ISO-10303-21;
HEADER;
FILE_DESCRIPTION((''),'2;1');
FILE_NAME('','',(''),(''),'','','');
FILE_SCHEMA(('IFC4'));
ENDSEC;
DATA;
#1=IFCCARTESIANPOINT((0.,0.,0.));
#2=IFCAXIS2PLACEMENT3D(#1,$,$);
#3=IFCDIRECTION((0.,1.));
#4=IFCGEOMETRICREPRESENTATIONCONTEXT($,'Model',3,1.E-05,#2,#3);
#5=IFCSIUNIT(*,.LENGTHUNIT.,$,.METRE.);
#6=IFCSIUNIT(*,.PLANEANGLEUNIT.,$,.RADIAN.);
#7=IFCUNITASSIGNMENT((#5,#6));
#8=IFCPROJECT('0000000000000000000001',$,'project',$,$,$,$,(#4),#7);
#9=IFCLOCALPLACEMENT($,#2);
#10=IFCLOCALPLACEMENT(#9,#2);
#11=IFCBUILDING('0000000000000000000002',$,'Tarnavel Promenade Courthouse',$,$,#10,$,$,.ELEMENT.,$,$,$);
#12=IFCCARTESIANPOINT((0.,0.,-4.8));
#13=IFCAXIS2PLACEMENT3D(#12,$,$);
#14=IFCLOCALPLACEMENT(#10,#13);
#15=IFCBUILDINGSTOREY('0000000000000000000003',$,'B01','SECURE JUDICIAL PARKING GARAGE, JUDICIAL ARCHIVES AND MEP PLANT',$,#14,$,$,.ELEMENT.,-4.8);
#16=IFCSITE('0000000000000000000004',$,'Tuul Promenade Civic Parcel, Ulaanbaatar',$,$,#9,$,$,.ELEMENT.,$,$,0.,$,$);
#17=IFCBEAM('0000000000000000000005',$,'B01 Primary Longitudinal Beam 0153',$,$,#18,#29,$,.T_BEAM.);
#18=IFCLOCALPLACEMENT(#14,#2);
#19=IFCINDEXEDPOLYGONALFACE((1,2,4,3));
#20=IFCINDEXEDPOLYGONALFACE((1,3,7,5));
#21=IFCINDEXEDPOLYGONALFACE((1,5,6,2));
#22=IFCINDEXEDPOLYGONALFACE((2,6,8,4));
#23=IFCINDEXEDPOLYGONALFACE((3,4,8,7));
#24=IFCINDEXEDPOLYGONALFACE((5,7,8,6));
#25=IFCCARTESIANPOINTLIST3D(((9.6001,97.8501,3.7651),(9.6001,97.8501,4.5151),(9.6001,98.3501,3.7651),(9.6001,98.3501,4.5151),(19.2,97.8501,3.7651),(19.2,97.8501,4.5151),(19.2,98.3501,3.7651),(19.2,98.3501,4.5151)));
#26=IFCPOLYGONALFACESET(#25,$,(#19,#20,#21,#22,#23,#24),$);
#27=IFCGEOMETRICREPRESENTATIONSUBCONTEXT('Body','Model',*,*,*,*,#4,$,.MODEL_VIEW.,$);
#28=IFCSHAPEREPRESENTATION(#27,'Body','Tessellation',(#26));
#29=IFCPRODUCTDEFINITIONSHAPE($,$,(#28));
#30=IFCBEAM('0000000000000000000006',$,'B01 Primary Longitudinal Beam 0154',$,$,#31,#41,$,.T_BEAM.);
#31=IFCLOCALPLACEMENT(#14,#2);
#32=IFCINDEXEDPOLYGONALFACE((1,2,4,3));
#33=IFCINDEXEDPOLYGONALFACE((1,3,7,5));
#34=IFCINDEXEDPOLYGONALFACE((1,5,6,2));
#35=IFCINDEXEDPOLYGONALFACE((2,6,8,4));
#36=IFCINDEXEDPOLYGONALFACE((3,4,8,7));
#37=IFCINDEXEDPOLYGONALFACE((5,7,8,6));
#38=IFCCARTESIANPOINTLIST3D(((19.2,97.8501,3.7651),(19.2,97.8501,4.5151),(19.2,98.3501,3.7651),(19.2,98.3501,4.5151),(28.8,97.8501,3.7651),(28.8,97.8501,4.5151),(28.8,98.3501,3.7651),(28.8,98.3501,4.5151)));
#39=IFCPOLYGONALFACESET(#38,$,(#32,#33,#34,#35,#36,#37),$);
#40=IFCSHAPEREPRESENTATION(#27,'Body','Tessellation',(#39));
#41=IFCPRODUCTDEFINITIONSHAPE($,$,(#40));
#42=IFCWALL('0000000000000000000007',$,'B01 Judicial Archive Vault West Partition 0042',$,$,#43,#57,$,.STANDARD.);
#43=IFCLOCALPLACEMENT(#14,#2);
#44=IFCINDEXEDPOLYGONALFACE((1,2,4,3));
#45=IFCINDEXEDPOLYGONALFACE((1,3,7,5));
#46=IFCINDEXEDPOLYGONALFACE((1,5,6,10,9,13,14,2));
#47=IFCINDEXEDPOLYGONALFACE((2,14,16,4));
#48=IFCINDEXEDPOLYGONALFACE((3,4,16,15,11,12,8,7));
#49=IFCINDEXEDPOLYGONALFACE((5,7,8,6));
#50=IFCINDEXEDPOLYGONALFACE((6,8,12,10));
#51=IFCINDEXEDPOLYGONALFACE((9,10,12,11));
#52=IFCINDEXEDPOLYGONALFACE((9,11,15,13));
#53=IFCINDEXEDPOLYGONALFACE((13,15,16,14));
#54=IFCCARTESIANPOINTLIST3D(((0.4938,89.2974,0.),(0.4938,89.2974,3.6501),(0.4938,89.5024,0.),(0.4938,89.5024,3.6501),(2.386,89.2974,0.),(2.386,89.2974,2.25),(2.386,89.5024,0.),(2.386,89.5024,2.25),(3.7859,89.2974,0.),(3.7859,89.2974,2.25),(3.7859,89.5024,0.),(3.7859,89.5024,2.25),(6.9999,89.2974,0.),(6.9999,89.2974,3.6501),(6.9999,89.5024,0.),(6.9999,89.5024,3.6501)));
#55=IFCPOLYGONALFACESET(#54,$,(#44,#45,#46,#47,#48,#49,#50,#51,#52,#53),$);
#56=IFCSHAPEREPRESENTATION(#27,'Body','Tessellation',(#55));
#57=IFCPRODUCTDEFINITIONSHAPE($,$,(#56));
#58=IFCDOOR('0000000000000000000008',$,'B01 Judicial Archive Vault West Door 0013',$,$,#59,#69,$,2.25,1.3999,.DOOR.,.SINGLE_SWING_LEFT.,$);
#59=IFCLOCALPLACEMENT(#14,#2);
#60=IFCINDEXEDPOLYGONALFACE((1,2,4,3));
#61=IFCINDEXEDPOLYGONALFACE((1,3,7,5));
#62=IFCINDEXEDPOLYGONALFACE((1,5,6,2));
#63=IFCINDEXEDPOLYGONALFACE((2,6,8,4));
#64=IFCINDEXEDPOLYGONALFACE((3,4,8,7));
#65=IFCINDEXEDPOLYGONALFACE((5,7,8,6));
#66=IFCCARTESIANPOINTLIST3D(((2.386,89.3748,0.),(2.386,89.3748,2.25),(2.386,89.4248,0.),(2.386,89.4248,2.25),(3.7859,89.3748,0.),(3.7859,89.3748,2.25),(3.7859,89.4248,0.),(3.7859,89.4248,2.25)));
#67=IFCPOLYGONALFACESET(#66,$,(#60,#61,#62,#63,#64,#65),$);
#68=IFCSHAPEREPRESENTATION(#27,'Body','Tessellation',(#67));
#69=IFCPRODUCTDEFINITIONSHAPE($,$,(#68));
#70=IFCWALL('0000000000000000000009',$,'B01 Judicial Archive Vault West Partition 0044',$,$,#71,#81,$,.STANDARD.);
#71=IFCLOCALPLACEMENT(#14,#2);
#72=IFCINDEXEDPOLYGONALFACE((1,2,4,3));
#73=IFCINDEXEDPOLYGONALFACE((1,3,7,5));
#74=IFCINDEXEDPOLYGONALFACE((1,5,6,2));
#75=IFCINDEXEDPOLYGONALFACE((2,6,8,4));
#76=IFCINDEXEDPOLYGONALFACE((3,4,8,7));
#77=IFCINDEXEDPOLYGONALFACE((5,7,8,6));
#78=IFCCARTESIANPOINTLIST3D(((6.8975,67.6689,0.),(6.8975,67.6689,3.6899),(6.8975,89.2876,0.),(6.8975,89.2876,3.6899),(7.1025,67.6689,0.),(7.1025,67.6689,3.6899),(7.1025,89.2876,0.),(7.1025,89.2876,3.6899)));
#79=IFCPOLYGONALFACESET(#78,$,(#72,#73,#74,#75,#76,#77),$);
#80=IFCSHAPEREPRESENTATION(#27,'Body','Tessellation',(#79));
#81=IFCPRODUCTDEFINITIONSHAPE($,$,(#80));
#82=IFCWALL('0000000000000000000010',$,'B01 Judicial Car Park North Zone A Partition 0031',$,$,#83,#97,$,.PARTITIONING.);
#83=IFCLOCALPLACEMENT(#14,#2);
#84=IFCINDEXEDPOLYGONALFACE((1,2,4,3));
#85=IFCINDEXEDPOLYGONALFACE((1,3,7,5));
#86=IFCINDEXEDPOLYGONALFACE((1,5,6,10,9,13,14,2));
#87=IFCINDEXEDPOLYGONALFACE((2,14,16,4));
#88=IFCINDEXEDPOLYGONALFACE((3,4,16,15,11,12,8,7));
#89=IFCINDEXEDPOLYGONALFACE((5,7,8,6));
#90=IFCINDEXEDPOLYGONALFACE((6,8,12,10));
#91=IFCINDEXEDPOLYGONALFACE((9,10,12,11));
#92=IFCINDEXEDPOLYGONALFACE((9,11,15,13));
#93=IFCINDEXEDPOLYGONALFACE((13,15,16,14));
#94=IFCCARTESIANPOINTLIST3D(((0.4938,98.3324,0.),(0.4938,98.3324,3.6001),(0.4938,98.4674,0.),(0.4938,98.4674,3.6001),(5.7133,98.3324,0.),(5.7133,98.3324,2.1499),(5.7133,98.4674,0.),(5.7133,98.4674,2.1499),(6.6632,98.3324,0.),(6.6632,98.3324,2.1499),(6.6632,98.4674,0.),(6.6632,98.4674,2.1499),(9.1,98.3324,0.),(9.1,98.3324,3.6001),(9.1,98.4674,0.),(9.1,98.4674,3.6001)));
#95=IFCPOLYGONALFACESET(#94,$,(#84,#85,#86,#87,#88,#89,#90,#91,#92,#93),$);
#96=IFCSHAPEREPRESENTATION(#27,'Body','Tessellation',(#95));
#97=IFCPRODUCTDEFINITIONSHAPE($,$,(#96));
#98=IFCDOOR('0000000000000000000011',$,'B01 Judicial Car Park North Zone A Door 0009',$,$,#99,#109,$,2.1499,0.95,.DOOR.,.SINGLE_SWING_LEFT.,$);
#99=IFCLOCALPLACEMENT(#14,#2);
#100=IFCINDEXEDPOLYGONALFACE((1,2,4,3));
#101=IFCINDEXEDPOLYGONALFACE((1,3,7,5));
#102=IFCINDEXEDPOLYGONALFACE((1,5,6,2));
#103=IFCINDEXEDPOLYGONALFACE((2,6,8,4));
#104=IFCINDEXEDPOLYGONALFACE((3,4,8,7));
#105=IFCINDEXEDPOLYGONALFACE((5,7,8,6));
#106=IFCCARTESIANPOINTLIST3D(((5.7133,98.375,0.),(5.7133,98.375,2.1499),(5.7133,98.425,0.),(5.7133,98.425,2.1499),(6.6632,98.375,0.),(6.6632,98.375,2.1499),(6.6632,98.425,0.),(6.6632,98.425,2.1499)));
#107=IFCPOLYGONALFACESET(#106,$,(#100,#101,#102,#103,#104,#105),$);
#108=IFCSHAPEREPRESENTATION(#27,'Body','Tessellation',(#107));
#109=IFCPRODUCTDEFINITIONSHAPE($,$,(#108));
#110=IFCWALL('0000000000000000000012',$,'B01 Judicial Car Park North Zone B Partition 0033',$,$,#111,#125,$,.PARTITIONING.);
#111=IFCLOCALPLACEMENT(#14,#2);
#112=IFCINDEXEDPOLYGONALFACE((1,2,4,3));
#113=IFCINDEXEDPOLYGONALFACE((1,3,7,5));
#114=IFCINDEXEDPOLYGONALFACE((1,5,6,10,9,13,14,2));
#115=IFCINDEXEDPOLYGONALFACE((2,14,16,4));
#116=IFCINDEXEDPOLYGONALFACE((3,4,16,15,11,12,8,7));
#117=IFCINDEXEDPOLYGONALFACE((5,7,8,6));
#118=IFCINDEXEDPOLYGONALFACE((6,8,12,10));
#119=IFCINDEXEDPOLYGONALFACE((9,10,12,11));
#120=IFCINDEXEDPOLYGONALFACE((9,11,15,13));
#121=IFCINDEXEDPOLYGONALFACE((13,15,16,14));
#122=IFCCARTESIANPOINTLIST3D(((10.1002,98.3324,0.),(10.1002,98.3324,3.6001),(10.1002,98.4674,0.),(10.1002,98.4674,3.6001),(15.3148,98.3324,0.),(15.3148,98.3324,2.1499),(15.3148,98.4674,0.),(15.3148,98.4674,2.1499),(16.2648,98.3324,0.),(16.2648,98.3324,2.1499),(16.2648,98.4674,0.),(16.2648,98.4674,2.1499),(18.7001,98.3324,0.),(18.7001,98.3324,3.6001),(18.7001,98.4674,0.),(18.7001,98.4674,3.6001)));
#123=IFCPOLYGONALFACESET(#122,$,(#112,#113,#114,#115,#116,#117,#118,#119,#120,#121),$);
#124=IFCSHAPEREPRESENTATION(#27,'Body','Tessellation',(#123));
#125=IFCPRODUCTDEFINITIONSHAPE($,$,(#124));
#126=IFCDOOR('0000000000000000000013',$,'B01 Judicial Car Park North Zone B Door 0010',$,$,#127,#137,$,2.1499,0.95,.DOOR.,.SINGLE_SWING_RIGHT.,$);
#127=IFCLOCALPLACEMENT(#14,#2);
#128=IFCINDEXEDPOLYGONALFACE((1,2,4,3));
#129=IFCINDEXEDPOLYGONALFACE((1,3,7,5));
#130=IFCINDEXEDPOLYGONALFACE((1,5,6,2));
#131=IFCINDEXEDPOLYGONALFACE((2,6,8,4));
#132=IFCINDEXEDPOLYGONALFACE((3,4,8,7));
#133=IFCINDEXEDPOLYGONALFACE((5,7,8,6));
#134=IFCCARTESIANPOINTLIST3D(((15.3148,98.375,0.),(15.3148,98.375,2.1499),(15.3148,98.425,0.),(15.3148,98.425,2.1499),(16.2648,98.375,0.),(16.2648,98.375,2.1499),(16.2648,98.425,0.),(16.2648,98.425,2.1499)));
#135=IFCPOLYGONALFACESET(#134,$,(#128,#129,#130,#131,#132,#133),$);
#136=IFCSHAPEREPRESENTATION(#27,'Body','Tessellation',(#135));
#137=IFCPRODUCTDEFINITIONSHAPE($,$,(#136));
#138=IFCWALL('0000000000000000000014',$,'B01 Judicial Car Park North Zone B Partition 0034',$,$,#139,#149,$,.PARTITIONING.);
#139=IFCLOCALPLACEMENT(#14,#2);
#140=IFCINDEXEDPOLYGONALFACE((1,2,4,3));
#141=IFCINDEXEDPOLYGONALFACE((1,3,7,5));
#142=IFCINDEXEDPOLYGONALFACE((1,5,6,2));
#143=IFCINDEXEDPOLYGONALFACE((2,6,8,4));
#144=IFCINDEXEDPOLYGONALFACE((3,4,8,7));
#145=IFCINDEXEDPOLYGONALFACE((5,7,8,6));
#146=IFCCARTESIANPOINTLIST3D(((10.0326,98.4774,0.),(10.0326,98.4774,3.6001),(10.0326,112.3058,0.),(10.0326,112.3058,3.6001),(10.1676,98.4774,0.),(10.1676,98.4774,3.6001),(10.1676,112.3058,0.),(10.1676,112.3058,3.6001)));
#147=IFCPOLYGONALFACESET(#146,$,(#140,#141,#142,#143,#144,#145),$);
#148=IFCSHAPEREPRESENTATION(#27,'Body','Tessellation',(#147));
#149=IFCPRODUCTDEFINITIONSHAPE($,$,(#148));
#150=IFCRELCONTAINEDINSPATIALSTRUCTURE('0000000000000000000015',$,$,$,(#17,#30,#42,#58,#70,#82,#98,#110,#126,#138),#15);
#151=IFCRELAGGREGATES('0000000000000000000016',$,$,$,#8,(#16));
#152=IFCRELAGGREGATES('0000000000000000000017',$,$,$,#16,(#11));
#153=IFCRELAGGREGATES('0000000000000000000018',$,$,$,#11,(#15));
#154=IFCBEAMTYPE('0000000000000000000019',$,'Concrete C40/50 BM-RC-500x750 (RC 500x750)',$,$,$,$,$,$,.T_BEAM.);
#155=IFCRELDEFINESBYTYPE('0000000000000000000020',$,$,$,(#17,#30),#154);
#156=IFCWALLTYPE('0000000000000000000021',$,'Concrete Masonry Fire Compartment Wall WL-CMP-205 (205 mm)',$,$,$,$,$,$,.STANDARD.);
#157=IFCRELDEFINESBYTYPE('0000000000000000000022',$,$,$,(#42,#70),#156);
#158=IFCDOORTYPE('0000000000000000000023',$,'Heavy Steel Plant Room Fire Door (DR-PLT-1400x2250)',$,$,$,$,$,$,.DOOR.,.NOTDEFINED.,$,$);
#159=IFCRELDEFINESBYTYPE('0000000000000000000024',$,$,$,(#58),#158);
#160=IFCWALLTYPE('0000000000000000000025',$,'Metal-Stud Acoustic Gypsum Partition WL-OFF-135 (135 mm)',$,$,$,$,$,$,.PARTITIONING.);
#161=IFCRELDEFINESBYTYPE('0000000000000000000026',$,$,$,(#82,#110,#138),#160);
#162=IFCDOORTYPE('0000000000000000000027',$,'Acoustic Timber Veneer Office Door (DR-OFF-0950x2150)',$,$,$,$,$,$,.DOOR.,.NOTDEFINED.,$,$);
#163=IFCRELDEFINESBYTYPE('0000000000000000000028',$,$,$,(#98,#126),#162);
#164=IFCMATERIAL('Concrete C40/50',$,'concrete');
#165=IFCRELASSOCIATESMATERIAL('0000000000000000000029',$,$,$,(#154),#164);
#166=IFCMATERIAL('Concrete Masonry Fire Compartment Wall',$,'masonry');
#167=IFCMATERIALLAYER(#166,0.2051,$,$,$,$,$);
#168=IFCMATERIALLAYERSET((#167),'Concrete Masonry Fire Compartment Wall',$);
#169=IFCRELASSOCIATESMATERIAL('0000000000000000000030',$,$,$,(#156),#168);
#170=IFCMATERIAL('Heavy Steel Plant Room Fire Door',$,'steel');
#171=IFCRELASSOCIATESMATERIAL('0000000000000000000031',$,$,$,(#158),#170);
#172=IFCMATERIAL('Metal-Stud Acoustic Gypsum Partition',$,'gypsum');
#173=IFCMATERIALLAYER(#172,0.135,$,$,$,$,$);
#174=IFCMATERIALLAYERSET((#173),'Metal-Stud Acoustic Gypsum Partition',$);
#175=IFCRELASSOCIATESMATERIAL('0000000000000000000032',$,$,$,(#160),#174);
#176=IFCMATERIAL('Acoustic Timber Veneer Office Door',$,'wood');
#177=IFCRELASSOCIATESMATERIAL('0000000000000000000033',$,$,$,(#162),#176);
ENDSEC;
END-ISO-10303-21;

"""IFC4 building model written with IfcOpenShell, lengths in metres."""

from ifc_helpers import new_model, si_unit, direction, frame, frame_2d, origin, origin_2d, place, context, subcontext, project, spatial, rectangle, extrude, material, layer, layer_set, material_profile, profile_set, type_object, element, fill, save


model = new_model("IFC4")

# Units and contexts
model_context = context("Model", 3, precision=1e-05, world=origin(), true_north=direction((0.0, 1.0)))
body_context = subcontext(model_context, "Body", "Model", "MODEL_VIEW")
ifc_project = project(units=[si_unit("LENGTHUNIT", "METRE"), si_unit("PLANEANGLEUNIT", "RADIAN")], contexts=[model_context])

# Site, building, storey
site_placement = place(None, origin())
site = spatial("IfcSite", under=ifc_project, at=site_placement, Name="Tuul Promenade Civic Parcel, Ulaanbaatar", CompositionType="ELEMENT", RefElevation=0.0)
building_placement = place(site_placement, origin())
building = spatial("IfcBuilding", under=site, at=building_placement, Name="Tarnavel Promenade Courthouse", CompositionType="ELEMENT")
storey_placement = place(building_placement, frame((0.0, 0.0, -4.8)))
storey = spatial("IfcBuildingStorey", under=building, at=storey_placement, Name="B01", Description="SECURE JUDICIAL PARKING GARAGE, JUDICIAL ARCHIVES AND MEP PLANT", CompositionType="ELEMENT", Elevation=-4.8)

# Shared definitions
ifc_material_1 = material(Name="Concrete C40/50", Category="concrete")

# Beams
ifc_material_profile_1 = material_profile(ifc_material_1, rectangle(XDim=0.5, YDim=0.75, at=origin_2d()), Name="RC 500x750")
ifc_profile_set_1 = profile_set([ifc_material_profile_1], Name="Concrete C40/50")
beam_type_1 = type_object("IfcBeamType", Name="Concrete C40/50 BM-RC-500x750 (RC 500x750)", PredefinedType="T_BEAM", material=ifc_profile_set_1)
beam_1_placement = place(storey_placement, frame((9.6001, 98.1001, 4.1401), z_axis=(1.0, 0.0, 0.0), x_axis=(0.0, 1.0, 0.0)))
element("IfcBeam", 1, at=beam_1_placement, inside=storey, type_object=beam_type_1, Name="B01 Primary Longitudinal Beam 0153", PredefinedType="T_BEAM", context=body_context, shape_type="SweptSolid", body=[
    extrude(rectangle(XDim=0.5, YDim=0.75, at=origin_2d()), origin(), (0.0, 0.0, 1.0), 9.5999),
])
beam_2_placement = place(storey_placement, frame((19.2, 98.1001, 4.1401), z_axis=(1.0, 0.0, 0.0), x_axis=(0.0, 1.0, 0.0)))
element("IfcBeam", 2, at=beam_2_placement, inside=storey, type_object=beam_type_1, Name="B01 Primary Longitudinal Beam 0154", PredefinedType="T_BEAM", context=body_context, shape_type="SweptSolid", body=[
    extrude(rectangle(XDim=0.5, YDim=0.75, at=origin_2d()), origin(), (0.0, 0.0, 1.0), 9.6001),
])

# Wall, opening, door
ifc_material_2 = material(Name="Concrete Masonry Fire Compartment Wall", Category="masonry")
ifc_layer_1 = layer(ifc_material_2, 0.2051)
ifc_layer_set_1 = layer_set([ifc_layer_1], Name="Concrete Masonry Fire Compartment Wall")
wall_type_1 = type_object("IfcWallType", Name="Concrete Masonry Fire Compartment Wall WL-CMP-205 (205 mm)", PredefinedType="STANDARD", material=ifc_layer_set_1)
wall_1_placement = place(storey_placement, frame((0.4939, 89.3999, 0.0), z_axis=(0.0, 0.0, 1.0), x_axis=(1.0, 0.0, 0.0)))
wall_1 = element("IfcWall", 3, at=wall_1_placement, inside=storey, type_object=wall_type_1, Name="B01 Judicial Archive Vault West Partition 0042", PredefinedType="STANDARD", context=body_context, shape_type="SweptSolid", body=[
    extrude(rectangle(XDim=6.5061, YDim=0.2051, at=frame_2d((3.2529, 0.0))), origin(), (0.0, 0.0, 1.0), 3.6501),
])
opening_1_placement = place(wall_1_placement, frame((1.8921, 0.0, 0.0)))
opening_1 = element("IfcOpeningElement", 4, at=opening_1_placement, cuts=wall_1, PredefinedType="OPENING", context=body_context, shape_type="SweptSolid", body=[
    extrude(rectangle(XDim=1.3999, YDim=2.25, at=frame_2d((0.7, 1.125))), frame((0.0, 0.1125, 0.0), z_axis=(0.0, -1.0, 0.0), x_axis=(1.0, 0.0, 0.0)), (0.0, 0.0, 1.0), 0.2251),
])
ifc_material_3 = material(Name="Heavy Steel Plant Room Fire Door", Category="steel")
door_type_1 = type_object("IfcDoorType", Name="Heavy Steel Plant Room Fire Door (DR-PLT-1400x2250)", OperationType="NOTDEFINED", PredefinedType="DOOR", material=ifc_material_3)
door_1_placement = place(opening_1_placement, origin())
door_1 = element("IfcDoor", 5, at=door_1_placement, inside=storey, type_object=door_type_1, Name="B01 Judicial Archive Vault West Door 0013", OperationType="SINGLE_SWING_LEFT", OverallHeight=2.25, OverallWidth=1.3999, PredefinedType="DOOR", context=body_context, shape_type="SweptSolid", body=[
    extrude(rectangle(XDim=1.3999, YDim=2.25, at=frame_2d((0.7, 1.125))), frame((0.0, 0.0249, 0.0), z_axis=(0.0, -1.0, 0.0), x_axis=(1.0, 0.0, 0.0)), (0.0, 0.0, 1.0), 0.05),
])
fill(opening_1, door_1)

# Wall
wall_2_placement = place(storey_placement, frame((7.0, 89.2876, 0.0), z_axis=(0.0, 0.0, 1.0), x_axis=(0.0, -1.0, 0.0)))
element("IfcWall", 6, at=wall_2_placement, inside=storey, type_object=wall_type_1, Name="B01 Judicial Archive Vault West Partition 0044", PredefinedType="STANDARD", context=body_context, shape_type="SweptSolid", body=[
    extrude(rectangle(XDim=21.6187, YDim=0.2051, at=frame_2d((10.8093, 0.0))), origin(), (0.0, 0.0, 1.0), 3.6899),
])

# Walls, openings, doors
ifc_material_4 = material(Name="Metal-Stud Acoustic Gypsum Partition", Category="gypsum")
ifc_layer_2 = layer(ifc_material_4, 0.135)
ifc_layer_set_2 = layer_set([ifc_layer_2], Name="Metal-Stud Acoustic Gypsum Partition")
wall_type_2 = type_object("IfcWallType", Name="Metal-Stud Acoustic Gypsum Partition WL-OFF-135 (135 mm)", PredefinedType="PARTITIONING", material=ifc_layer_set_2)
wall_3_placement = place(storey_placement, frame((9.1001, 98.3999, 0.0), z_axis=(0.0, 0.0, 1.0), x_axis=(-1.0, 0.0, 0.0)))
wall_3 = element("IfcWall", 7, at=wall_3_placement, inside=storey, type_object=wall_type_2, Name="B01 Judicial Car Park North Zone A Partition 0031", PredefinedType="PARTITIONING", context=body_context, shape_type="SweptSolid", body=[
    extrude(rectangle(XDim=8.6062, YDim=0.135, at=frame_2d((4.3032, 0.0))), origin(), (0.0, 0.0, 1.0), 3.6001),
])
opening_2_placement = place(wall_3_placement, frame((2.4368, 0.0, 0.0)))
opening_2 = element("IfcOpeningElement", 8, at=opening_2_placement, cuts=wall_3, PredefinedType="OPENING", context=body_context, shape_type="SweptSolid", body=[
    extrude(rectangle(XDim=0.95, YDim=2.1499, at=frame_2d((0.4751, 1.075))), frame((0.0, 0.0774, 0.0), z_axis=(0.0, -1.0, 0.0), x_axis=(1.0, 0.0, 0.0)), (0.0, 0.0, 1.0), 0.155),
])
ifc_material_5 = material(Name="Acoustic Timber Veneer Office Door", Category="wood")
door_type_2 = type_object("IfcDoorType", Name="Acoustic Timber Veneer Office Door (DR-OFF-0950x2150)", OperationType="NOTDEFINED", PredefinedType="DOOR", material=ifc_material_5)
door_2_placement = place(opening_2_placement, origin())
door_2 = element("IfcDoor", 9, at=door_2_placement, inside=storey, type_object=door_type_2, Name="B01 Judicial Car Park North Zone A Door 0009", OperationType="SINGLE_SWING_LEFT", OverallHeight=2.1499, OverallWidth=0.95, PredefinedType="DOOR", context=body_context, shape_type="SweptSolid", body=[
    extrude(rectangle(XDim=0.95, YDim=2.1499, at=frame_2d((0.4751, 1.075))), frame((0.0, 0.0249, 0.0), z_axis=(0.0, -1.0, 0.0), x_axis=(1.0, 0.0, 0.0)), (0.0, 0.0, 1.0), 0.05),
])
fill(opening_2, door_2)
wall_4_placement = place(storey_placement, frame((18.7, 98.3999, 0.0), z_axis=(0.0, 0.0, 1.0), x_axis=(-1.0, 0.0, 0.0)))
wall_4 = element("IfcWall", 10, at=wall_4_placement, inside=storey, type_object=wall_type_2, Name="B01 Judicial Car Park North Zone B Partition 0033", PredefinedType="PARTITIONING", context=body_context, shape_type="SweptSolid", body=[
    extrude(rectangle(XDim=8.5999, YDim=0.135, at=frame_2d((4.2998, 0.0))), origin(), (0.0, 0.0, 1.0), 3.6001),
])
opening_3_placement = place(wall_4_placement, frame((2.4351, 0.0, 0.0)))
opening_3 = element("IfcOpeningElement", 11, at=opening_3_placement, cuts=wall_4, PredefinedType="OPENING", context=body_context, shape_type="SweptSolid", body=[
    extrude(rectangle(XDim=0.95, YDim=2.1499, at=frame_2d((0.4751, 1.075))), frame((0.0, 0.0774, 0.0), z_axis=(0.0, -1.0, 0.0), x_axis=(1.0, 0.0, 0.0)), (0.0, 0.0, 1.0), 0.155),
])
door_3_placement = place(opening_3_placement, origin())
door_3 = element("IfcDoor", 12, at=door_3_placement, inside=storey, type_object=door_type_2, Name="B01 Judicial Car Park North Zone B Door 0010", OperationType="SINGLE_SWING_RIGHT", OverallHeight=2.1499, OverallWidth=0.95, PredefinedType="DOOR", context=body_context, shape_type="SweptSolid", body=[
    extrude(rectangle(XDim=0.95, YDim=2.1499, at=frame_2d((0.4751, 1.075))), frame((0.0, 0.0249, 0.0), z_axis=(0.0, -1.0, 0.0), x_axis=(1.0, 0.0, 0.0)), (0.0, 0.0, 1.0), 0.05),
])
fill(opening_3, door_3)

# Wall
wall_5_placement = place(storey_placement, frame((10.1001, 98.4775, 0.0), z_axis=(0.0, 0.0, 1.0), x_axis=(0.0, 1.0, 0.0)))
element("IfcWall", 13, at=wall_5_placement, inside=storey, type_object=wall_type_2, Name="B01 Judicial Car Park North Zone B Partition 0034", PredefinedType="PARTITIONING", context=body_context, shape_type="SweptSolid", body=[
    extrude(rectangle(XDim=13.8284, YDim=0.135, at=frame_2d((6.9141, 0.0))), origin(), (0.0, 0.0, 1.0), 3.6001),
])

save(model, "model.ifc")
